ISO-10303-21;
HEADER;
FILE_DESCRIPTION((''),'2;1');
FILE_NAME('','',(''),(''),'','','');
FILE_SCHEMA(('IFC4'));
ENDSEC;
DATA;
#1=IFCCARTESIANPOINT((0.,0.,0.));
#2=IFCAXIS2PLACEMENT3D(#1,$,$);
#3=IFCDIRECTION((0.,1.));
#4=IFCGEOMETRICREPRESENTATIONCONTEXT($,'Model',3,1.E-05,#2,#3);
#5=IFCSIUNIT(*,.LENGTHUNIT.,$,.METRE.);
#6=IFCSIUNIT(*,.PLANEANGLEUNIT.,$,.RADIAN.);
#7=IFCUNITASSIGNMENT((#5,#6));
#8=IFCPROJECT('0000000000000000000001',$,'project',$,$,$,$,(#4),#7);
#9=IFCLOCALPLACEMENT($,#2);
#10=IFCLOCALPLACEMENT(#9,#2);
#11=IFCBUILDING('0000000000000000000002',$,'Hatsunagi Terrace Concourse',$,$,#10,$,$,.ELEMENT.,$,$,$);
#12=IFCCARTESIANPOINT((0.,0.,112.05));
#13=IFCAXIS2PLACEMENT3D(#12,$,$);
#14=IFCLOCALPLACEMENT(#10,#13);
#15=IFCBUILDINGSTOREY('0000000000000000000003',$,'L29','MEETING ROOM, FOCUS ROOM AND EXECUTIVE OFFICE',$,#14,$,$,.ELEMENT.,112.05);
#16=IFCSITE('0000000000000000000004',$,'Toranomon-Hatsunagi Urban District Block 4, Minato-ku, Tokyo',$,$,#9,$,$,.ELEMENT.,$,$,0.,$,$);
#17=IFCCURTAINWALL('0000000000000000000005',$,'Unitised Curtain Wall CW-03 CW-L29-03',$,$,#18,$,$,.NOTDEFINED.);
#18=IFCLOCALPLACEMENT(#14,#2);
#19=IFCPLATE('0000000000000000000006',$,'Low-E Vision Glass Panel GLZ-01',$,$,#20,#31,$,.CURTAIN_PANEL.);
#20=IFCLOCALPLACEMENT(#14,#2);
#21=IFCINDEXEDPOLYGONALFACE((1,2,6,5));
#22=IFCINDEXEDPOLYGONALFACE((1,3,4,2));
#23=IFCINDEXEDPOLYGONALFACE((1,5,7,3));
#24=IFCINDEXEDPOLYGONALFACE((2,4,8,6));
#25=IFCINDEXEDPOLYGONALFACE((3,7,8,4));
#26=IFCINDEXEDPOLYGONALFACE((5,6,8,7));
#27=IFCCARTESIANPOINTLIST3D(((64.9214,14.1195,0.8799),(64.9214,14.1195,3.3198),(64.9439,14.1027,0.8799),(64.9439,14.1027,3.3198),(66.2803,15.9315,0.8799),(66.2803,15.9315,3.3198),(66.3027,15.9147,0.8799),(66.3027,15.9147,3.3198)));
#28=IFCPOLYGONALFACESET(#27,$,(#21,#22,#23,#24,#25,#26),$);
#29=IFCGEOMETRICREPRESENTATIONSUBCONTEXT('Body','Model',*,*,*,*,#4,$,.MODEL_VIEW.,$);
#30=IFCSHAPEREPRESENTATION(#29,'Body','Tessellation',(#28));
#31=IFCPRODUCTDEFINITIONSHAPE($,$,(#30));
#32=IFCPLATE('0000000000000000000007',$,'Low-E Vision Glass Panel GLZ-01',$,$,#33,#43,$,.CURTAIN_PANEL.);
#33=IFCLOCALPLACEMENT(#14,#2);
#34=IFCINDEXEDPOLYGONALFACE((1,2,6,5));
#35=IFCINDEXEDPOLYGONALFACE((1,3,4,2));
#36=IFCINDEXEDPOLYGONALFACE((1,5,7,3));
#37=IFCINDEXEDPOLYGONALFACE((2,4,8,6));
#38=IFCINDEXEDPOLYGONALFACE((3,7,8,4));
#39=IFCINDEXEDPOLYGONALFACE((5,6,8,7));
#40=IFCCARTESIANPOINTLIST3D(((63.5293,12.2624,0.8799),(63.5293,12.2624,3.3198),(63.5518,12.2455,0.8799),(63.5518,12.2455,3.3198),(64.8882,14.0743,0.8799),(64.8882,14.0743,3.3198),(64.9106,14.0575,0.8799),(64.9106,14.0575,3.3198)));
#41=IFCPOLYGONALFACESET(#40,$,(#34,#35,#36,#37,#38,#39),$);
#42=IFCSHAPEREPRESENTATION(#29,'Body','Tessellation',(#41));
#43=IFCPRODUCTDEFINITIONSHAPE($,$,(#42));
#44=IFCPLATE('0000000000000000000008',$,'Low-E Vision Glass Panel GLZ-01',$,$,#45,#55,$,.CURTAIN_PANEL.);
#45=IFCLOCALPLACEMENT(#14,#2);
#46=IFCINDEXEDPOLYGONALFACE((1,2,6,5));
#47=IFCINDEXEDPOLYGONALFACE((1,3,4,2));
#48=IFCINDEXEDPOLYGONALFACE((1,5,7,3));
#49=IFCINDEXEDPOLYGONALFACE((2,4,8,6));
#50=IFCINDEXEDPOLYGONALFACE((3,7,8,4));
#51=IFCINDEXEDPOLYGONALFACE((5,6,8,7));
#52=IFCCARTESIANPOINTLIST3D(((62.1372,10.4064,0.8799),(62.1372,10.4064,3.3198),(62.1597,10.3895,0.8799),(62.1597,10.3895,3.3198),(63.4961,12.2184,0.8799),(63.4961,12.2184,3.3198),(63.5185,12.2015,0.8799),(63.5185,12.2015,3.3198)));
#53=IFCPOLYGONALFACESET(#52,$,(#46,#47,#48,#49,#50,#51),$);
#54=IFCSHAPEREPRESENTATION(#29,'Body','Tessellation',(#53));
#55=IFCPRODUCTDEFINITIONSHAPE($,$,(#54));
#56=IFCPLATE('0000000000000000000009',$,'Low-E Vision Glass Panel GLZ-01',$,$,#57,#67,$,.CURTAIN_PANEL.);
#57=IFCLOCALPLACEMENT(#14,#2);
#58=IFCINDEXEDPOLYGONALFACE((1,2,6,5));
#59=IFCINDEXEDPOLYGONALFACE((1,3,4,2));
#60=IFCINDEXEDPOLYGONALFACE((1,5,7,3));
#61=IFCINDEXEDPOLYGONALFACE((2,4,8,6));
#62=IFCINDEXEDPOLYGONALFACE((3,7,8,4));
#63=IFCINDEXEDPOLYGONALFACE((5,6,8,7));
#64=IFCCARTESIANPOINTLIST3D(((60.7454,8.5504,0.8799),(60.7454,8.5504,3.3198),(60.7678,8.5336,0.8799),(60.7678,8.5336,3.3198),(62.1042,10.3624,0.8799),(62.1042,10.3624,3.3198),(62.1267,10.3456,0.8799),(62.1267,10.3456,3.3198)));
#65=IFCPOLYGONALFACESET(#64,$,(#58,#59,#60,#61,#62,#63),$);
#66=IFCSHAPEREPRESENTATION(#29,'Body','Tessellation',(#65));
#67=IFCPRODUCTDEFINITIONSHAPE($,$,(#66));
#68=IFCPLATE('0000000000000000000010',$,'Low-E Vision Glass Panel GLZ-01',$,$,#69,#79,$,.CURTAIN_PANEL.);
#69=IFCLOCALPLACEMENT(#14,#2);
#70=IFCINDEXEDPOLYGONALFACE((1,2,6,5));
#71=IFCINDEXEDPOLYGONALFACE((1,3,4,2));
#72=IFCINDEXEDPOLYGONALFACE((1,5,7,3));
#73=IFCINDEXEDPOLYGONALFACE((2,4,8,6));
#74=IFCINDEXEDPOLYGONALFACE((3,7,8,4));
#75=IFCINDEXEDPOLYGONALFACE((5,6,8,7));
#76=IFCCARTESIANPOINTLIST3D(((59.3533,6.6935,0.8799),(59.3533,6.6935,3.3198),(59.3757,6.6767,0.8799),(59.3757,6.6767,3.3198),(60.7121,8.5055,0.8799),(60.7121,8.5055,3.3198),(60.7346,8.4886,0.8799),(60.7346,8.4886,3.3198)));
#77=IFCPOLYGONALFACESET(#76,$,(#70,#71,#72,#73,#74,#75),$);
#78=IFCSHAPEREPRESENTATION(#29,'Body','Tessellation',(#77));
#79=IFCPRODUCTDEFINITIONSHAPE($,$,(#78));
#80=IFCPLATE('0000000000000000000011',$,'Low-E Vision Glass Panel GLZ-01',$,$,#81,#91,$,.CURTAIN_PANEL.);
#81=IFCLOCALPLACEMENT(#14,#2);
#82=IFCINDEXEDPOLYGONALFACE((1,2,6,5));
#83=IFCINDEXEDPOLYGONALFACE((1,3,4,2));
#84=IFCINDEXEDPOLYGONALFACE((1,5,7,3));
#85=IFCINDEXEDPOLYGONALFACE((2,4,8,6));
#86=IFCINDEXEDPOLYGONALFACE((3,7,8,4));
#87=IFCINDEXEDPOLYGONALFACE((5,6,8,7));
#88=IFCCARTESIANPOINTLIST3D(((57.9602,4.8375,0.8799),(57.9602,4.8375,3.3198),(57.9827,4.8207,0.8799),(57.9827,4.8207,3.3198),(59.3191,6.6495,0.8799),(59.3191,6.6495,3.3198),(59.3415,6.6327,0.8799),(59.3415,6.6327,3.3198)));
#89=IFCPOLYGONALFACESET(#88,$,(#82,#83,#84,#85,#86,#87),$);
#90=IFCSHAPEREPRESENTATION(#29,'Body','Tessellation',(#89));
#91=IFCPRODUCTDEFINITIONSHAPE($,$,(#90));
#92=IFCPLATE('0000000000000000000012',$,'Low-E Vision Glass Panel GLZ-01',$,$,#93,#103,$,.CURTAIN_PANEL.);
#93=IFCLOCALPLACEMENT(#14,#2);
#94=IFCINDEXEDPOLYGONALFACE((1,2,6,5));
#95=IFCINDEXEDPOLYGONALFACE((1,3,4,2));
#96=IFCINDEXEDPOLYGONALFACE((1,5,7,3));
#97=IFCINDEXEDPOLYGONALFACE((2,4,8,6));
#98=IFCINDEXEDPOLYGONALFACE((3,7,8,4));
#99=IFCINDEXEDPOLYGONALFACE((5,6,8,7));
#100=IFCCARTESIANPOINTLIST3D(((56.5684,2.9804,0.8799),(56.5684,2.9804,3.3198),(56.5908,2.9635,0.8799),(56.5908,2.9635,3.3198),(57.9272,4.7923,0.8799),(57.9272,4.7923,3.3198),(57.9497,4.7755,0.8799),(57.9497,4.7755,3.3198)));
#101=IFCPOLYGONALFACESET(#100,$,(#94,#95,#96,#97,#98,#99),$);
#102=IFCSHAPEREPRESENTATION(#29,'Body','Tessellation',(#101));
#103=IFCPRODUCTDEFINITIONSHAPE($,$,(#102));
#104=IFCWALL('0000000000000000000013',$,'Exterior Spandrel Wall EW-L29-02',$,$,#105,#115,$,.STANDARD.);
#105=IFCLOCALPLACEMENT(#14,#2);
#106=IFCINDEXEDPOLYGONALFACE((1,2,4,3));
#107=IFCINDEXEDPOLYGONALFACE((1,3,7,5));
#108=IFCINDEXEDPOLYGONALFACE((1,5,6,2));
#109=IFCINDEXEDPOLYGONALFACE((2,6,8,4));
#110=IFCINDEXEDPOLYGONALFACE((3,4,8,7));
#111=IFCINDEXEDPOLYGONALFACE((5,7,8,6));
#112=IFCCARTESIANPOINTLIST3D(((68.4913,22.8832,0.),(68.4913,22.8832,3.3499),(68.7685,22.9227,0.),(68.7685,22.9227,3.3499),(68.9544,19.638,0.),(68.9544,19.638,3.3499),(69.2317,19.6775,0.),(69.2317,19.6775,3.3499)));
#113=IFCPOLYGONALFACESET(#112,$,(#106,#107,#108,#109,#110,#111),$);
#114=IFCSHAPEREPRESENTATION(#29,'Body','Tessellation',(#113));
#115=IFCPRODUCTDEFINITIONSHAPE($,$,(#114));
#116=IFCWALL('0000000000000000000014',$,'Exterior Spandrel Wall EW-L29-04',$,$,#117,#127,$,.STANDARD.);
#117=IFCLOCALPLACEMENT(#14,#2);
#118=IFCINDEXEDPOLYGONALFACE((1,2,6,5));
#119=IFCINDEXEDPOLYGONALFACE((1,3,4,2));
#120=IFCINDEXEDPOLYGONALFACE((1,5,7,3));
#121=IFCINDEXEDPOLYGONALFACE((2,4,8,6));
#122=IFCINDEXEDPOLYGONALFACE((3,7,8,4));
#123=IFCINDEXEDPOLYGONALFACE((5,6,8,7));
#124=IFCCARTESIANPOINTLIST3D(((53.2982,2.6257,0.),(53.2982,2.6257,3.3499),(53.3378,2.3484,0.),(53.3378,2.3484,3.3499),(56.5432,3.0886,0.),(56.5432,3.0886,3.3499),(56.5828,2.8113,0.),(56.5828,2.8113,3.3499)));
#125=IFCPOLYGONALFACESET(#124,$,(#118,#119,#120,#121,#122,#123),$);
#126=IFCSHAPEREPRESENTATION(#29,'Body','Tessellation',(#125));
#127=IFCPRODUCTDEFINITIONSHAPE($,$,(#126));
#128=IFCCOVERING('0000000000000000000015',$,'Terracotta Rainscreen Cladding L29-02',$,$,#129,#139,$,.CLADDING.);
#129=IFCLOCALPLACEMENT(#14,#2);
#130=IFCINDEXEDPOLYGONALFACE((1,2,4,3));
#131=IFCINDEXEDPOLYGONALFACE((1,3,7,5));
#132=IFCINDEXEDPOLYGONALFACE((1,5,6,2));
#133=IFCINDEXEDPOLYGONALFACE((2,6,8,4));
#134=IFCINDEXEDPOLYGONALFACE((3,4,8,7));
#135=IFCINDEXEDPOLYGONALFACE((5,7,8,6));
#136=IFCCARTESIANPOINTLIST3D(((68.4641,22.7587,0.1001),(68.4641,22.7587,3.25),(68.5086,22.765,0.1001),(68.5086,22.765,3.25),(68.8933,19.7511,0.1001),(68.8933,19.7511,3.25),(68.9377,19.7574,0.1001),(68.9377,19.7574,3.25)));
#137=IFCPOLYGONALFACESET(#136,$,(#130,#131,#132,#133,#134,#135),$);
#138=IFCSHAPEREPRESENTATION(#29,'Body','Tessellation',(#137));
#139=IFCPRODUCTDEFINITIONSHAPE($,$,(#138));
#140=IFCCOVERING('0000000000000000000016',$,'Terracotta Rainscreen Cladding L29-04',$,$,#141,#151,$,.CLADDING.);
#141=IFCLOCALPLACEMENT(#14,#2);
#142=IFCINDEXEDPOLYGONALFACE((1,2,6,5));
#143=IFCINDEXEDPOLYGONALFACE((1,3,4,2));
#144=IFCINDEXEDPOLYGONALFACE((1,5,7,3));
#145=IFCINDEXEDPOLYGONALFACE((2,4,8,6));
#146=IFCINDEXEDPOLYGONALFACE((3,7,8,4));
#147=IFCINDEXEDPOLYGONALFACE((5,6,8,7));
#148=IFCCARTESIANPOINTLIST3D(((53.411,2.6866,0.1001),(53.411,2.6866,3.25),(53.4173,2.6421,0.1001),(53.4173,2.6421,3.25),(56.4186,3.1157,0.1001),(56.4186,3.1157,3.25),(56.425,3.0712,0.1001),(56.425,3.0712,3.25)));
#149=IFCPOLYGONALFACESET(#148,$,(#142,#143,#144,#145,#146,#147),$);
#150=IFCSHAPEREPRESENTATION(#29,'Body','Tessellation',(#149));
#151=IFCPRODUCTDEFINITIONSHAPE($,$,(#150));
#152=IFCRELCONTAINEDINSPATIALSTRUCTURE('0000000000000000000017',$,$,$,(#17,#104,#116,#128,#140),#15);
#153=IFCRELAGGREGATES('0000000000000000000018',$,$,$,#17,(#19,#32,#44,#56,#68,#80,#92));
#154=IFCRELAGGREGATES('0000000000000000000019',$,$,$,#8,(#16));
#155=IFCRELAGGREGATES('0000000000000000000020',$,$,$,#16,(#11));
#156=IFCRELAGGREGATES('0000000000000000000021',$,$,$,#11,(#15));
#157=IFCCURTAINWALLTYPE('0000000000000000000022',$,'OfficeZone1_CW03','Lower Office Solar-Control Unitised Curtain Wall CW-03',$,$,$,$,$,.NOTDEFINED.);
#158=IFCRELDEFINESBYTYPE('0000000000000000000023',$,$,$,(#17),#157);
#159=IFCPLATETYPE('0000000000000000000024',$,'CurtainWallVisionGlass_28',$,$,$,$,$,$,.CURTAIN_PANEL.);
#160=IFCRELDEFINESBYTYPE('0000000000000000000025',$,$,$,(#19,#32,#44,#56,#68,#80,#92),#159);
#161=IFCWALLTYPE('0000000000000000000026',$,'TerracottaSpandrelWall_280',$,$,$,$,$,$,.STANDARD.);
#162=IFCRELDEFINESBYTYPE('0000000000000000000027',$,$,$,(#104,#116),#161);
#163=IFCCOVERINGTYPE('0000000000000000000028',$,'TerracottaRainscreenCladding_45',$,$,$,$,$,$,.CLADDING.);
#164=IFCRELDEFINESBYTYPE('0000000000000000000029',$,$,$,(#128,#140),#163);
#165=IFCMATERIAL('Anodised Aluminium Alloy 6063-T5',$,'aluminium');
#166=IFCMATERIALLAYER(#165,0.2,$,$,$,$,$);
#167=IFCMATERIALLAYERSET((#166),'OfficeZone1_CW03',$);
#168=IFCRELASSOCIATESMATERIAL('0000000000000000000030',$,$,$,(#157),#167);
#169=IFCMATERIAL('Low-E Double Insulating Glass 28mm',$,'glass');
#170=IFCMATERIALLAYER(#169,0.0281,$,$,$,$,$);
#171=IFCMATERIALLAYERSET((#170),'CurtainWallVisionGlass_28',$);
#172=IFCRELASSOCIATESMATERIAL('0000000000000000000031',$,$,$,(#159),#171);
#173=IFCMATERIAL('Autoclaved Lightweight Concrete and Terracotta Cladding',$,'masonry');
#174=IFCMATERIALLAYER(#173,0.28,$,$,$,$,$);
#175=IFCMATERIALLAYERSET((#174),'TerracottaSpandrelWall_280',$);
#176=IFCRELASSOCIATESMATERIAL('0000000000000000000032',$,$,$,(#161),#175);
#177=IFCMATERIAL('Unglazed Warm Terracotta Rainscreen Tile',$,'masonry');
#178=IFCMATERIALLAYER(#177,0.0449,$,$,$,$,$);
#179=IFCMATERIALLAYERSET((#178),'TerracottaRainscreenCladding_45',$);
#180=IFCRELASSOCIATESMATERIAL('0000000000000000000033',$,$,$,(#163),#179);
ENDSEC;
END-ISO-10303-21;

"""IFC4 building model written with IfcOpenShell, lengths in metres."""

from ifc_helpers import new_model, si_unit, direction, frame, frame_2d, origin, origin_2d, place, context, subcontext, project, spatial, rectangle, extrude, material, layer, layer_set, type_object, element, aggregate, save


model = new_model("IFC4")

# Units and contexts
model_context = context("Model", 3, precision=1e-05, world=origin(), true_north=direction((0.0, 1.0)))
body_context = subcontext(model_context, "Body", "Model", "MODEL_VIEW")
ifc_project = project(units=[si_unit("LENGTHUNIT", "METRE"), si_unit("PLANEANGLEUNIT", "RADIAN")], contexts=[model_context])

# Site, building, storey
site_placement = place(None, origin())
site = spatial("IfcSite", under=ifc_project, at=site_placement, Name="Toranomon-Hatsunagi Urban District Block 4, Minato-ku, Tokyo", CompositionType="ELEMENT", RefElevation=0.0)
building_placement = place(site_placement, origin())
building = spatial("IfcBuilding", under=site, at=building_placement, Name="Hatsunagi Terrace Concourse", CompositionType="ELEMENT")
storey_placement = place(building_placement, frame((0.0, 0.0, 112.05)))
storey = spatial("IfcBuildingStorey", under=building, at=storey_placement, Name="L29", Description="MEETING ROOM, FOCUS ROOM AND EXECUTIVE OFFICE", CompositionType="ELEMENT", Elevation=112.05)

# Curtain wall
ifc_material_1 = material(Name="Anodised Aluminium Alloy 6063-T5", Category="aluminium")
ifc_layer_1 = layer(ifc_material_1, 0.2)
ifc_layer_set_1 = layer_set([ifc_layer_1], Name="OfficeZone1_CW03")
curtain_wall_type = type_object("IfcCurtainWallType", Name="OfficeZone1_CW03", Description="Lower Office Solar-Control Unitised Curtain Wall CW-03", PredefinedType="NOTDEFINED", material=ifc_layer_set_1)
curtain_wall_placement = place(storey_placement, origin())
curtain_wall = element("IfcCurtainWall", 1, at=curtain_wall_placement, inside=storey, type_object=curtain_wall_type, Name="Unitised Curtain Wall CW-03 CW-L29-03", PredefinedType="NOTDEFINED")

# Plates
ifc_material_2 = material(Name="Low-E Double Insulating Glass 28mm", Category="glass")
ifc_layer_2 = layer(ifc_material_2, 0.0281)
ifc_layer_set_2 = layer_set([ifc_layer_2], Name="CurtainWallVisionGlass_28")
plate_type_1 = type_object("IfcPlateType", Name="CurtainWallVisionGlass_28", PredefinedType="CURTAIN_PANEL", material=ifc_layer_set_2)
plate_1_placement = place(storey_placement, frame((65.6121, 15.0171, 0.8799), z_axis=(0.0, 0.0, 1.0), x_axis=(-0.599969, -0.800023, 0.0)))
plate_1 = element("IfcPlate", 2, at=plate_1_placement, type_object=plate_type_1, Name="Low-E Vision Glass Panel GLZ-01", PredefinedType="CURTAIN_PANEL", context=body_context, shape_type="SweptSolid", body=[
    extrude(rectangle(XDim=2.2649, YDim=0.0281, at=origin_2d()), origin(), (0.0, 0.0, 1.0), 2.4399),
])
plate_2_placement = place(storey_placement, frame((64.22, 13.1599, 0.8799), z_axis=(0.0, 0.0, 1.0), x_axis=(-0.599969, -0.800023, 0.0)))
plate_2 = element("IfcPlate", 3, at=plate_2_placement, type_object=plate_type_1, Name="Low-E Vision Glass Panel GLZ-01", PredefinedType="CURTAIN_PANEL", context=body_context, shape_type="SweptSolid", body=[
    extrude(rectangle(XDim=2.2649, YDim=0.0281, at=origin_2d()), origin(), (0.0, 0.0, 1.0), 2.4399),
])
plate_3_placement = place(storey_placement, frame((62.8279, 11.304, 0.8799), z_axis=(0.0, 0.0, 1.0), x_axis=(-0.599969, -0.800023, 0.0)))
plate_3 = element("IfcPlate", 4, at=plate_3_placement, type_object=plate_type_1, Name="Low-E Vision Glass Panel GLZ-01", PredefinedType="CURTAIN_PANEL", context=body_context, shape_type="SweptSolid", body=[
    extrude(rectangle(XDim=2.2649, YDim=0.0281, at=origin_2d()), origin(), (0.0, 0.0, 1.0), 2.4399),
])
plate_4_placement = place(storey_placement, frame((61.436, 9.448, 0.8799), z_axis=(0.0, 0.0, 1.0), x_axis=(-0.599969, -0.800023, 0.0)))
plate_4 = element("IfcPlate", 5, at=plate_4_placement, type_object=plate_type_1, Name="Low-E Vision Glass Panel GLZ-01", PredefinedType="CURTAIN_PANEL", context=body_context, shape_type="SweptSolid", body=[
    extrude(rectangle(XDim=2.2649, YDim=0.0281, at=origin_2d()), origin(), (0.0, 0.0, 1.0), 2.4399),
])
plate_5_placement = place(storey_placement, frame((60.0439, 7.5911, 0.8799), z_axis=(0.0, 0.0, 1.0), x_axis=(-0.599969, -0.800023, 0.0)))
plate_5 = element("IfcPlate", 6, at=plate_5_placement, type_object=plate_type_1, Name="Low-E Vision Glass Panel GLZ-01", PredefinedType="CURTAIN_PANEL", context=body_context, shape_type="SweptSolid", body=[
    extrude(rectangle(XDim=2.2649, YDim=0.0281, at=origin_2d()), origin(), (0.0, 0.0, 1.0), 2.4399),
])
plate_6_placement = place(storey_placement, frame((58.6509, 5.7351, 0.8799), z_axis=(0.0, 0.0, 1.0), x_axis=(-0.599969, -0.800023, 0.0)))
plate_6 = element("IfcPlate", 7, at=plate_6_placement, type_object=plate_type_1, Name="Low-E Vision Glass Panel GLZ-01", PredefinedType="CURTAIN_PANEL", context=body_context, shape_type="SweptSolid", body=[
    extrude(rectangle(XDim=2.2649, YDim=0.0281, at=origin_2d()), origin(), (0.0, 0.0, 1.0), 2.4399),
])
plate_7_placement = place(storey_placement, frame((57.259, 3.8779, 0.8799), z_axis=(0.0, 0.0, 1.0), x_axis=(-0.599969, -0.800023, 0.0)))
plate_7 = element("IfcPlate", 8, at=plate_7_placement, type_object=plate_type_1, Name="Low-E Vision Glass Panel GLZ-01", PredefinedType="CURTAIN_PANEL", context=body_context, shape_type="SweptSolid", body=[
    extrude(rectangle(XDim=2.2649, YDim=0.0281, at=origin_2d()), origin(), (0.0, 0.0, 1.0), 2.4399),
])
aggregate(curtain_wall, [plate_1, plate_2, plate_3, plate_4, plate_5, plate_6, plate_7])

# Walls
ifc_material_3 = material(Name="Autoclaved Lightweight Concrete and Terracotta Cladding", Category="masonry")
ifc_layer_3 = layer(ifc_material_3, 0.28)
ifc_layer_set_3 = layer_set([ifc_layer_3], Name="TerracottaSpandrelWall_280")
wall_type = type_object("IfcWallType", Name="TerracottaSpandrelWall_280", PredefinedType="STANDARD", material=ifc_layer_set_3)
wall_1_placement = place(storey_placement, frame((68.6299, 22.9031, 0.0), z_axis=(0.0, 0.0, 1.0), x_axis=(0.141286, -0.989969, 0.0)))
element("IfcWall", 9, at=wall_1_placement, inside=storey, type_object=wall_type, Name="Exterior Spandrel Wall EW-L29-02", PredefinedType="STANDARD", context=body_context, shape_type="SweptSolid", body=[
    extrude(rectangle(XDim=3.2781, YDim=0.28, at=frame_2d((1.6392, 0.0))), origin(), (0.0, 0.0, 1.0), 3.3499),
])
wall_2_placement = place(storey_placement, frame((56.563, 2.95, 0.0), z_axis=(0.0, 0.0, 1.0), x_axis=(-0.989978, -0.141223, 0.0)))
element("IfcWall", 10, at=wall_2_placement, inside=storey, type_object=wall_type, Name="Exterior Spandrel Wall EW-L29-04", PredefinedType="STANDARD", context=body_context, shape_type="SweptSolid", body=[
    extrude(rectangle(XDim=3.2778, YDim=0.28, at=frame_2d((1.6389, 0.0))), origin(), (0.0, 0.0, 1.0), 3.3499),
])

# Coverings
ifc_material_4 = material(Name="Unglazed Warm Terracotta Rainscreen Tile", Category="masonry")
ifc_layer_4 = layer(ifc_material_4, 0.0449)
ifc_layer_set_4 = layer_set([ifc_layer_4], Name="TerracottaRainscreenCladding_45")
covering_type = type_object("IfcCoveringType", Name="TerracottaRainscreenCladding_45", PredefinedType="CLADDING", material=ifc_layer_set_4)
for number, where, z_axis, x_axis, name in (
    (11, (68.7009, 21.2581, 0.1001), (0.0, 0.0, 1.0), (0.14125, -0.989974, 0.0), "Terracotta Rainscreen Cladding L29-02"),
    (12, (54.918, 2.8789, 0.1001), (0.0, 0.0, 1.0), (-0.989974, -0.14125, 0.0), "Terracotta Rainscreen Cladding L29-04"),
):
    element("IfcCovering", number, at=place(storey_placement, frame(where, z_axis=z_axis, x_axis=x_axis)), inside=storey, type_object=covering_type, Name=name, PredefinedType="CLADDING", context=body_context, shape_type="SweptSolid", body=[
        extrude(rectangle(XDim=3.0381, YDim=0.0449, at=origin_2d()), origin(), (0.0, 0.0, 1.0), 3.1499),
    ])

save(model, "model.ifc")
